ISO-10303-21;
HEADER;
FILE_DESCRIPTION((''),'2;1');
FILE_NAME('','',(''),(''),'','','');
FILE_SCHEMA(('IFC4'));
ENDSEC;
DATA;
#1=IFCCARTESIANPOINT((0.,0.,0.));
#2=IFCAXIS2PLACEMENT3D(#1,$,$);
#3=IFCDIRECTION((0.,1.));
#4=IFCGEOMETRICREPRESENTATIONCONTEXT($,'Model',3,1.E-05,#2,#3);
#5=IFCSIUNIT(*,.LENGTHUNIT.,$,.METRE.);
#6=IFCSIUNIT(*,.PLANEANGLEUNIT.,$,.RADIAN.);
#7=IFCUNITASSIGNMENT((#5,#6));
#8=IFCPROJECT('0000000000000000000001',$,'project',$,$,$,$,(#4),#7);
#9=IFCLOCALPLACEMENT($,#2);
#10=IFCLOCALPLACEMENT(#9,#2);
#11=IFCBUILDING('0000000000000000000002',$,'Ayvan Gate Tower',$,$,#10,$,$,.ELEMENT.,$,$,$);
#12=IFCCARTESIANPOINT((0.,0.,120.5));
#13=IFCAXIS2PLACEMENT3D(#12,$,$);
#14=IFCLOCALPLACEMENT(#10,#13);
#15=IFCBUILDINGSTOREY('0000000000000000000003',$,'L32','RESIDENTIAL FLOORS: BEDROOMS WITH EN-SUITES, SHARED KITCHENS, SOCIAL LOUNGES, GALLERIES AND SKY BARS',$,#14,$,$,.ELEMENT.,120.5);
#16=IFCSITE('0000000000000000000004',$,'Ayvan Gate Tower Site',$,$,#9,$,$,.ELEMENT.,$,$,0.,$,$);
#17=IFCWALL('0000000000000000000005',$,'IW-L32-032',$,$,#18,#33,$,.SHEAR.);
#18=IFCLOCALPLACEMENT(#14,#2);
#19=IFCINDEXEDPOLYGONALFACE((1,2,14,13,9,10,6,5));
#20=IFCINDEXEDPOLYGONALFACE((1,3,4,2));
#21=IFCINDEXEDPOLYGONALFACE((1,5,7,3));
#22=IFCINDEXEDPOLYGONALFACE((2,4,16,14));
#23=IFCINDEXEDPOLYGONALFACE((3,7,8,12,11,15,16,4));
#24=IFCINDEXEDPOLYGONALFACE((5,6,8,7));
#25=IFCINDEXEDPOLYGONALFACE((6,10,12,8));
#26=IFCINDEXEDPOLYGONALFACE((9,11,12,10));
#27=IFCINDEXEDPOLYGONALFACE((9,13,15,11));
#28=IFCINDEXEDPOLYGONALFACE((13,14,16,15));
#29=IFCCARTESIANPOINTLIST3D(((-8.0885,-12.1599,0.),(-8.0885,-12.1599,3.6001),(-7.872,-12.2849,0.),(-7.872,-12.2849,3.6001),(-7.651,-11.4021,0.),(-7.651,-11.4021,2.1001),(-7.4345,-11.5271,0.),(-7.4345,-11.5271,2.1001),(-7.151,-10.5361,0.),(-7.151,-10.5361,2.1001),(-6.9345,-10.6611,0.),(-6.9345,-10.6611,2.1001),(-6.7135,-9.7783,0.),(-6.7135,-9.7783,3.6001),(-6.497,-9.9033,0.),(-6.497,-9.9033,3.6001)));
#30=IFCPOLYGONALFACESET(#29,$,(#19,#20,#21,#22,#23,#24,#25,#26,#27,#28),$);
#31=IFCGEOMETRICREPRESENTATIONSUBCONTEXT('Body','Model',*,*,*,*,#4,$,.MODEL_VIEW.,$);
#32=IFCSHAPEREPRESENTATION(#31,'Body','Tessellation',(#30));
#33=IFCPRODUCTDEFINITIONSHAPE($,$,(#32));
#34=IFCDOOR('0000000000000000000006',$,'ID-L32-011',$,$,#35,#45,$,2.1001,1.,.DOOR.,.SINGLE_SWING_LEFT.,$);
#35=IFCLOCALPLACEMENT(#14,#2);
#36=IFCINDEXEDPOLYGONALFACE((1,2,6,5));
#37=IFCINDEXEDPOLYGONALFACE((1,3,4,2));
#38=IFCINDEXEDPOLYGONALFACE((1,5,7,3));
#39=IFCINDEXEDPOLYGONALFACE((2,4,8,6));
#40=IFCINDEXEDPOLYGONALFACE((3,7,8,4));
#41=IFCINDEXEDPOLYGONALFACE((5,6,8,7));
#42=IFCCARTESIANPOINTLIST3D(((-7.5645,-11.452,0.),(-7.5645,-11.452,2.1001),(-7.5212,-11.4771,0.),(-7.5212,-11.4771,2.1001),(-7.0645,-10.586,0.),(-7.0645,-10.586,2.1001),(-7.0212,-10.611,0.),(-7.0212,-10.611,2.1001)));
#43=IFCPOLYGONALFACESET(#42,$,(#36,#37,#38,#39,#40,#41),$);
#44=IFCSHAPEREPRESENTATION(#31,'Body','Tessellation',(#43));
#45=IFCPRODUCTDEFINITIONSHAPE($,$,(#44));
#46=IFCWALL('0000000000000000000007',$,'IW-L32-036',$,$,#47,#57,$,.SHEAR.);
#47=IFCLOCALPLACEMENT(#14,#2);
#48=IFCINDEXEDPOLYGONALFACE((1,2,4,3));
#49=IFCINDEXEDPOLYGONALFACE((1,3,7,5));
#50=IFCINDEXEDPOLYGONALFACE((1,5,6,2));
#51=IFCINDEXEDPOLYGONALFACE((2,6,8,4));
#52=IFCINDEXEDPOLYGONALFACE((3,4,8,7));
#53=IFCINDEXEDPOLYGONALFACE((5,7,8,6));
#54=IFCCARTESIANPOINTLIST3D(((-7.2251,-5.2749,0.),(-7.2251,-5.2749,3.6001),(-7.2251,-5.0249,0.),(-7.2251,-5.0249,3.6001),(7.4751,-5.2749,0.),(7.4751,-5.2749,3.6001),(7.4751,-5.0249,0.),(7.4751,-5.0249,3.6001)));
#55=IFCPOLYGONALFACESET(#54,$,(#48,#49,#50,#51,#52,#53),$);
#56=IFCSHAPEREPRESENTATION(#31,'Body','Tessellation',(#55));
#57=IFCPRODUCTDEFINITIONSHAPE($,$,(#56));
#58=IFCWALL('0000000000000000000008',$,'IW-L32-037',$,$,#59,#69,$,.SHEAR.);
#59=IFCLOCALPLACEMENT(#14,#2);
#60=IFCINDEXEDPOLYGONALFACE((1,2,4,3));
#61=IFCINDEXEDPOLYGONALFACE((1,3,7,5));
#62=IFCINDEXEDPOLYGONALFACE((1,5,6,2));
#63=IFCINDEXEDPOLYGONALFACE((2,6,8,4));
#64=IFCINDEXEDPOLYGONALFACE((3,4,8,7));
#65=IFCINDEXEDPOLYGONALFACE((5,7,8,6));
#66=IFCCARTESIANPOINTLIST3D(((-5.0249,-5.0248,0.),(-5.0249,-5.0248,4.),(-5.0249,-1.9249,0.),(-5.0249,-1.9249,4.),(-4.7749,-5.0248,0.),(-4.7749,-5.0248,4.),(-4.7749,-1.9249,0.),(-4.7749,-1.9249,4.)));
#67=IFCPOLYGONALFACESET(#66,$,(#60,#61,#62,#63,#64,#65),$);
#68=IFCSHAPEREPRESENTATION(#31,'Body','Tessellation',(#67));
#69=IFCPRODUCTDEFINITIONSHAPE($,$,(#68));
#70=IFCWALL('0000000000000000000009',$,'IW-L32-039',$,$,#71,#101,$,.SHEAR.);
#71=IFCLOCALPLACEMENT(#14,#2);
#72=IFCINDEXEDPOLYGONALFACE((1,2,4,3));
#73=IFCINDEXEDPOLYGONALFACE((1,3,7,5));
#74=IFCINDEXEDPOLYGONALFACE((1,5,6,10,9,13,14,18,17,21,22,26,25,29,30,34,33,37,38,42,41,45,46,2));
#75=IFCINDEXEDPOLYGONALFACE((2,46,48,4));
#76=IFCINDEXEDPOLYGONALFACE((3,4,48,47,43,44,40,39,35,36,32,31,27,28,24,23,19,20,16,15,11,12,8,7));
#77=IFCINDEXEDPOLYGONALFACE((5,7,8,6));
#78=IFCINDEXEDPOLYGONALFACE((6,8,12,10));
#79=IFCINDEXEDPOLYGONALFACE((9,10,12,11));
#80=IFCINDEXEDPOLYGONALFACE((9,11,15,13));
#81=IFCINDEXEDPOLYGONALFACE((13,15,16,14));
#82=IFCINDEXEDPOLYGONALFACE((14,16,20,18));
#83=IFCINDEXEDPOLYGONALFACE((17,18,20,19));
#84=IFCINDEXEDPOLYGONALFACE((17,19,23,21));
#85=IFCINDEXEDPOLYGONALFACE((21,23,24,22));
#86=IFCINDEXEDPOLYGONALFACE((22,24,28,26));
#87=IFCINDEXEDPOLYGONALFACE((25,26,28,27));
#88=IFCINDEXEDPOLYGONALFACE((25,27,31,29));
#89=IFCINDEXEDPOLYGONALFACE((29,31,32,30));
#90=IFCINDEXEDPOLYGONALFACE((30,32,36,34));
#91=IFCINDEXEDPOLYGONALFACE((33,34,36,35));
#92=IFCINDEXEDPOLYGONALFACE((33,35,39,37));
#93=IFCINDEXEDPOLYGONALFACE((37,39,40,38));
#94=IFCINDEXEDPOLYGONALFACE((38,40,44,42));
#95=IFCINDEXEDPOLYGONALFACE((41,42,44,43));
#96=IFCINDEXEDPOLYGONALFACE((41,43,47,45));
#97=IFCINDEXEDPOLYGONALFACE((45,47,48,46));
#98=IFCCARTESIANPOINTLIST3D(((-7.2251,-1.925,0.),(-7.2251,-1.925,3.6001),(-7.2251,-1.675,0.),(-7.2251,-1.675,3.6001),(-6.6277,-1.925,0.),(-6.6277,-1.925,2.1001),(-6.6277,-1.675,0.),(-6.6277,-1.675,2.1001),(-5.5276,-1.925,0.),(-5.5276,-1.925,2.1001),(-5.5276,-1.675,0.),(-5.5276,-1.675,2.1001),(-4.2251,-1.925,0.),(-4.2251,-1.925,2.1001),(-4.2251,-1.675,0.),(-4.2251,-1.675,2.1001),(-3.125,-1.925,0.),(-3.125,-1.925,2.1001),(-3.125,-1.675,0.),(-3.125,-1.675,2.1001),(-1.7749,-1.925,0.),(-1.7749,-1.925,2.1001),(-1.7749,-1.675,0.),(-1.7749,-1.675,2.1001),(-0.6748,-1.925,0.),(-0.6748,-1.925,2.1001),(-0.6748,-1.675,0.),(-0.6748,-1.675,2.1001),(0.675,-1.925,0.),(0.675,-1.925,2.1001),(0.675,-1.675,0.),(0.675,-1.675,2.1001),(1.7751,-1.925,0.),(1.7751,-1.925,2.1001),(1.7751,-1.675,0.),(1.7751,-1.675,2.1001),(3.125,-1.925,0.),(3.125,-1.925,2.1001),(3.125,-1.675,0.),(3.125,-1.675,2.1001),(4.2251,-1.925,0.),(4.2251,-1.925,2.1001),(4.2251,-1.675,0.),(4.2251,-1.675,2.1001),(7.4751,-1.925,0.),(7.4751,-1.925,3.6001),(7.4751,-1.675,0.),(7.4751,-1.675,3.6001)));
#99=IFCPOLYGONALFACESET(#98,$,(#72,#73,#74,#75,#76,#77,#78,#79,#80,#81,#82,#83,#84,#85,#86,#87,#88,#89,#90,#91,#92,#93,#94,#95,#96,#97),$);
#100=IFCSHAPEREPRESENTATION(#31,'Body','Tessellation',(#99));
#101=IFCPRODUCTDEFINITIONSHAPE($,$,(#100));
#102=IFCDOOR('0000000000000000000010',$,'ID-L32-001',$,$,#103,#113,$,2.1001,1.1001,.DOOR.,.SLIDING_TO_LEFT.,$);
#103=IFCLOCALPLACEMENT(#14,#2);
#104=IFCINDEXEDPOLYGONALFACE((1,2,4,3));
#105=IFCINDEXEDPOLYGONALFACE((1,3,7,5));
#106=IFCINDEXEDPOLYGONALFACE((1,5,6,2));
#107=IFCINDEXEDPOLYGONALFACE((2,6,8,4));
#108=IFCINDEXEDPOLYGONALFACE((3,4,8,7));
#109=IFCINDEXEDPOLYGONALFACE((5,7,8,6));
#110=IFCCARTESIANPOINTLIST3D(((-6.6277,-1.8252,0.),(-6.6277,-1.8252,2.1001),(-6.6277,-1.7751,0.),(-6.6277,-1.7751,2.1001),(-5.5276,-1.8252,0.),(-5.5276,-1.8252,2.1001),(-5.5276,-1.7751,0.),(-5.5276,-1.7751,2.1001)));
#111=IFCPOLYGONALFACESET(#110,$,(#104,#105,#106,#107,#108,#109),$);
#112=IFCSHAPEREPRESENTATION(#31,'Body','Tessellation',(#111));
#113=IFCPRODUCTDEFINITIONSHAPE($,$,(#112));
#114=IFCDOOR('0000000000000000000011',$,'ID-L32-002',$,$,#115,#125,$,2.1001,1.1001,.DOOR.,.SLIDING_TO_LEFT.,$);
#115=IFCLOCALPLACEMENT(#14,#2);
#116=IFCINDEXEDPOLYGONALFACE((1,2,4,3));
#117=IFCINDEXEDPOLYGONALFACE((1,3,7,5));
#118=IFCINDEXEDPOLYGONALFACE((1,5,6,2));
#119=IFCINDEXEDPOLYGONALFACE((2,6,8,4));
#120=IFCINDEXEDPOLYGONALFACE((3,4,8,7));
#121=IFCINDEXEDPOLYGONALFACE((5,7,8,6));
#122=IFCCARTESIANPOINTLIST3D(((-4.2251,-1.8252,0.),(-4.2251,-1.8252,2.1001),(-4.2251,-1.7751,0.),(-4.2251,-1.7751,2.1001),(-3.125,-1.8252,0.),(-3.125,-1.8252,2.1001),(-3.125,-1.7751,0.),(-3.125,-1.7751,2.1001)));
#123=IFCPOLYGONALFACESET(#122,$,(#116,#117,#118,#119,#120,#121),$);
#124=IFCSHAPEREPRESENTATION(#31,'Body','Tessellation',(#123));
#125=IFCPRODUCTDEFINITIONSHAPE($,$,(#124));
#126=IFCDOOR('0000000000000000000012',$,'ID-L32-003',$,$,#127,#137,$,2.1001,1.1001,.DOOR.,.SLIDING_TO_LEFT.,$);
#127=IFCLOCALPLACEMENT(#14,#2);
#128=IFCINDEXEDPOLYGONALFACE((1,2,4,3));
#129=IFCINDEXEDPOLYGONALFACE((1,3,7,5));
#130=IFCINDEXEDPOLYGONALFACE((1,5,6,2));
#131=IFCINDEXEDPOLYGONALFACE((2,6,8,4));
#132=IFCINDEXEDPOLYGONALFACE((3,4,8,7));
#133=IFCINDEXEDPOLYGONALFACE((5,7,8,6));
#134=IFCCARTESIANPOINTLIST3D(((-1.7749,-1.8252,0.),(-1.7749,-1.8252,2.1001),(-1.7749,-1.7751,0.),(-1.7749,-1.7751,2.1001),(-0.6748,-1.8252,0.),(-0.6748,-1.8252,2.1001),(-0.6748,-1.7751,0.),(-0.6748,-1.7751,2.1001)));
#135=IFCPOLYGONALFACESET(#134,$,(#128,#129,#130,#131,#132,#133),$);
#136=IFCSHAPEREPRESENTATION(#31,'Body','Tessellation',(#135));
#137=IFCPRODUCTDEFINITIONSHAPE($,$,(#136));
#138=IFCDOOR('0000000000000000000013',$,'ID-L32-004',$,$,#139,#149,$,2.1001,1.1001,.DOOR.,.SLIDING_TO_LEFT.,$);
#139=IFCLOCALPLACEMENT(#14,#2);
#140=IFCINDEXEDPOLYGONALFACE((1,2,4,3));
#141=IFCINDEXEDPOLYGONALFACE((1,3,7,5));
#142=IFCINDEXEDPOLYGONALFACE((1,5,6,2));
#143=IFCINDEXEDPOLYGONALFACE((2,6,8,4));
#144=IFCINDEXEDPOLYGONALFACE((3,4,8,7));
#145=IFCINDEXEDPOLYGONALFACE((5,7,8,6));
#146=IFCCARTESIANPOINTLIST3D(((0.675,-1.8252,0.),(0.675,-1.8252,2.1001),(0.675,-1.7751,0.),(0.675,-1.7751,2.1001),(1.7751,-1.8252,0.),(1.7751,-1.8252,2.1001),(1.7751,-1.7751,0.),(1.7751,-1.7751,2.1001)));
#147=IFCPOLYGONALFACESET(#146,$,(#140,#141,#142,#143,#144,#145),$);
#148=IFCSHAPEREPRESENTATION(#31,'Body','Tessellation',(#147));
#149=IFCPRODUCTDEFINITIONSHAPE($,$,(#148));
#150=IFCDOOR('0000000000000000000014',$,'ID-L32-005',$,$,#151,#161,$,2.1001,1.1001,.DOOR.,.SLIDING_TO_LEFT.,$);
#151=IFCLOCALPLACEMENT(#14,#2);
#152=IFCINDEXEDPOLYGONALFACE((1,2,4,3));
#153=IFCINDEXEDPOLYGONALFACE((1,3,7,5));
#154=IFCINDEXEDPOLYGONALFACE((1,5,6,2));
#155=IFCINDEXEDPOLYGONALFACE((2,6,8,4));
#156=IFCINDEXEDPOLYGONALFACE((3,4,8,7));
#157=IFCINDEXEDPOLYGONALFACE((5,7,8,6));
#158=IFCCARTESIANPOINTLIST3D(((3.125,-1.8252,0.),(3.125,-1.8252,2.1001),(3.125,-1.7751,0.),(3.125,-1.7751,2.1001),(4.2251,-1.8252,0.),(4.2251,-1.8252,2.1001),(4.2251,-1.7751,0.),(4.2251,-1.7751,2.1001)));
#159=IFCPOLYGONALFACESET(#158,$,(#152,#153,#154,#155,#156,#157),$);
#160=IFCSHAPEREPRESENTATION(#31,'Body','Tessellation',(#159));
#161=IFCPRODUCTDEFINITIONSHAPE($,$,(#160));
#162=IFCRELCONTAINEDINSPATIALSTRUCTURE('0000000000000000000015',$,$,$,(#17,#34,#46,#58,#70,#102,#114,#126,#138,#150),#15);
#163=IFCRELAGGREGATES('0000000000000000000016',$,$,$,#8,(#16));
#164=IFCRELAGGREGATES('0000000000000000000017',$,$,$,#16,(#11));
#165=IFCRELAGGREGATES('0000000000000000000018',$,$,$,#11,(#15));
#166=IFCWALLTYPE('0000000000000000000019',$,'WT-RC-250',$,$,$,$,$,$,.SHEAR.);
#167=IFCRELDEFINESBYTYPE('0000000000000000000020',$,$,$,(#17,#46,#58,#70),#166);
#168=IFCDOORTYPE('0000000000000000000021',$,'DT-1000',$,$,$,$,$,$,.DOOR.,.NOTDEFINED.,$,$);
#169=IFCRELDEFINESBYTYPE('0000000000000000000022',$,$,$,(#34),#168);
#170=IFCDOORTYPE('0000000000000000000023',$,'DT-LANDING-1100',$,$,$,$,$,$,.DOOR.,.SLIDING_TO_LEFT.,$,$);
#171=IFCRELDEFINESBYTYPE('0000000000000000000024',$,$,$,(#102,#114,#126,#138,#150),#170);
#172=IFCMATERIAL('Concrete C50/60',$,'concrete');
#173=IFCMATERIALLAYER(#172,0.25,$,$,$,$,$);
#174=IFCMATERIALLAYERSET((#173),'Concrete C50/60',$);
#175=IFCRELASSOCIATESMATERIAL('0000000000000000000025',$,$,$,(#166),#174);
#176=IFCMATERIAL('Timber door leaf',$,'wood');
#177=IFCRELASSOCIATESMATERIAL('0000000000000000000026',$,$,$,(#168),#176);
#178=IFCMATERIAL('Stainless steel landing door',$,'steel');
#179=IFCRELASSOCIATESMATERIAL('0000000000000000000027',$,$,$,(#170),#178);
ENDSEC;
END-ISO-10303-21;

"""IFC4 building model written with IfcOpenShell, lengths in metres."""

from ifc_helpers import new_model, si_unit, direction, frame, frame_2d, origin, place, context, subcontext, project, spatial, rectangle, extrude, material, layer, layer_set, type_object, element, fill, save


model = new_model("IFC4")

# Units and contexts
model_context = context("Model", 3, precision=1e-05, world=origin(), true_north=direction((0.0, 1.0)))
body_context = subcontext(model_context, "Body", "Model", "MODEL_VIEW")
ifc_project = project(units=[si_unit("LENGTHUNIT", "METRE"), si_unit("PLANEANGLEUNIT", "RADIAN")], contexts=[model_context])

# Site, building, storey
site_placement = place(None, origin())
site = spatial("IfcSite", under=ifc_project, at=site_placement, Name="Ayvan Gate Tower Site", CompositionType="ELEMENT", RefElevation=0.0)
building_placement = place(site_placement, origin())
building = spatial("IfcBuilding", under=site, at=building_placement, Name="Ayvan Gate Tower", CompositionType="ELEMENT")
storey_placement = place(building_placement, frame((0.0, 0.0, 120.5)))
storey = spatial("IfcBuildingStorey", under=building, at=storey_placement, Name="L32", Description="RESIDENTIAL FLOORS: BEDROOMS WITH EN-SUITES, SHARED KITCHENS, SOCIAL LOUNGES, GALLERIES AND SKY BARS", CompositionType="ELEMENT", Elevation=120.5)

# Shared definitions
ifc_material_1 = material(Name="Timber door leaf", Category="wood")

# Shared definitions
ifc_material_2 = material(Name="Concrete C50/60", Category="concrete")
ifc_layer_1 = layer(ifc_material_2, 0.25)
ifc_layer_set_1 = layer_set([ifc_layer_1], Name="Concrete C50/60")
wall_type_1 = type_object("IfcWallType", Name="WT-RC-250", PredefinedType="SHEAR", material=ifc_layer_set_1)

# Wall, opening, door
wall_1_placement = place(storey_placement, frame((-6.6052, -9.8408, 0.0), z_axis=(0.0, 0.0, 1.0), x_axis=(-0.499997, -0.866027, 0.0)))
wall_1 = element("IfcWall", 1, at=wall_1_placement, inside=storey, type_object=wall_type_1, Name="IW-L32-032", PredefinedType="SHEAR", context=body_context, shape_type="SweptSolid", body=[
    extrude(rectangle(XDim=2.75, YDim=0.25, at=frame_2d((1.375, 0.0))), origin(), (0.0, 0.0, 1.0), 3.6001),
])
opening_1_placement = place(wall_1_placement, frame((0.875, 0.0, 0.0)))
opening_1 = element("IfcOpeningElement", 2, at=opening_1_placement, cuts=wall_1, PredefinedType="OPENING", context=body_context, shape_type="SweptSolid", body=[
    extrude(rectangle(XDim=1.0, YDim=2.1001, at=frame_2d((0.5, 1.05))), frame((0.0, 0.135, 0.0), z_axis=(0.0, -1.0, 0.0), x_axis=(1.0, 0.0, 0.0)), (0.0, 0.0, 1.0), 0.27),
])
door_type_1 = type_object("IfcDoorType", Name="DT-1000", OperationType="NOTDEFINED", PredefinedType="DOOR", material=ifc_material_1)
door_1_placement = place(opening_1_placement, origin())
door_1 = element("IfcDoor", 3, at=door_1_placement, inside=storey, type_object=door_type_1, Name="ID-L32-011", OperationType="SINGLE_SWING_LEFT", OverallHeight=2.1001, OverallWidth=1.0, PredefinedType="DOOR", context=body_context, shape_type="SweptSolid", body=[
    extrude(rectangle(XDim=1.0, YDim=2.1001, at=frame_2d((0.5, 1.05))), frame((0.0, 0.0249, 0.0), z_axis=(0.0, -1.0, 0.0), x_axis=(1.0, 0.0, 0.0)), (0.0, 0.0, 1.0), 0.05),
])
fill(opening_1, door_1)

# Walls
wall_2_placement = place(storey_placement, frame((-7.2251, -5.1499, 0.0), z_axis=(0.0, 0.0, 1.0), x_axis=(1.0, 0.0, 0.0)))
element("IfcWall", 4, at=wall_2_placement, inside=storey, type_object=wall_type_1, Name="IW-L32-036", PredefinedType="SHEAR", context=body_context, shape_type="SweptSolid", body=[
    extrude(rectangle(XDim=14.7002, YDim=0.25, at=frame_2d((7.3501, 0.0))), origin(), (0.0, 0.0, 1.0), 3.6001),
])
wall_3_placement = place(storey_placement, frame((-4.8999, -1.925, 0.0), z_axis=(0.0, 0.0, 1.0), x_axis=(0.0, -1.0, 0.0)))
element("IfcWall", 5, at=wall_3_placement, inside=storey, type_object=wall_type_1, Name="IW-L32-037", PredefinedType="SHEAR", context=body_context, shape_type="SweptSolid", body=[
    extrude(rectangle(XDim=3.0999, YDim=0.25, at=frame_2d((1.5498, 0.0))), origin(), (0.0, 0.0, 1.0), 4.0),
])

# Wall, openings, doors
wall_4_placement = place(storey_placement, frame((-7.2251, -1.8, 0.0), z_axis=(0.0, 0.0, 1.0), x_axis=(1.0, 0.0, 0.0)))
wall_4 = element("IfcWall", 6, at=wall_4_placement, inside=storey, type_object=wall_type_1, Name="IW-L32-039", PredefinedType="SHEAR", context=body_context, shape_type="SweptSolid", body=[
    extrude(rectangle(XDim=14.7002, YDim=0.25, at=frame_2d((7.3501, 0.0))), origin(), (0.0, 0.0, 1.0), 3.6001),
])
opening_2_placement = place(wall_4_placement, frame((0.5974, 0.0, 0.0)))
opening_2 = element("IfcOpeningElement", 7, at=opening_2_placement, cuts=wall_4, PredefinedType="OPENING", context=body_context, shape_type="SweptSolid", body=[
    extrude(rectangle(XDim=1.1001, YDim=2.1001, at=frame_2d((0.55, 1.05))), frame((0.0, 0.135, 0.0), z_axis=(0.0, -1.0, 0.0), x_axis=(1.0, 0.0, 0.0)), (0.0, 0.0, 1.0), 0.27),
])
opening_3_placement = place(wall_4_placement, frame((3.0, 0.0, 0.0)))
opening_3 = element("IfcOpeningElement", 8, at=opening_3_placement, cuts=wall_4, PredefinedType="OPENING", context=body_context, shape_type="SweptSolid", body=[
    extrude(rectangle(XDim=1.1001, YDim=2.1001, at=frame_2d((0.55, 1.05))), frame((0.0, 0.135, 0.0), z_axis=(0.0, -1.0, 0.0), x_axis=(1.0, 0.0, 0.0)), (0.0, 0.0, 1.0), 0.27),
])
opening_4_placement = place(wall_4_placement, frame((5.4502, 0.0, 0.0)))
opening_4 = element("IfcOpeningElement", 9, at=opening_4_placement, cuts=wall_4, PredefinedType="OPENING", context=body_context, shape_type="SweptSolid", body=[
    extrude(rectangle(XDim=1.1001, YDim=2.1001, at=frame_2d((0.55, 1.05))), frame((0.0, 0.135, 0.0), z_axis=(0.0, -1.0, 0.0), x_axis=(1.0, 0.0, 0.0)), (0.0, 0.0, 1.0), 0.27),
])
opening_5_placement = place(wall_4_placement, frame((7.9001, 0.0, 0.0)))
opening_5 = element("IfcOpeningElement", 10, at=opening_5_placement, cuts=wall_4, PredefinedType="OPENING", context=body_context, shape_type="SweptSolid", body=[
    extrude(rectangle(XDim=1.1001, YDim=2.1001, at=frame_2d((0.55, 1.05))), frame((0.0, 0.135, 0.0), z_axis=(0.0, -1.0, 0.0), x_axis=(1.0, 0.0, 0.0)), (0.0, 0.0, 1.0), 0.27),
])
opening_6_placement = place(wall_4_placement, frame((10.3501, 0.0, 0.0)))
opening_6 = element("IfcOpeningElement", 11, at=opening_6_placement, cuts=wall_4, PredefinedType="OPENING", context=body_context, shape_type="SweptSolid", body=[
    extrude(rectangle(XDim=1.1001, YDim=2.1001, at=frame_2d((0.55, 1.05))), frame((0.0, 0.135, 0.0), z_axis=(0.0, -1.0, 0.0), x_axis=(1.0, 0.0, 0.0)), (0.0, 0.0, 1.0), 0.27),
])
ifc_material_3 = material(Name="Stainless steel landing door", Category="steel")
door_type_2 = type_object("IfcDoorType", Name="DT-LANDING-1100", OperationType="SLIDING_TO_LEFT", PredefinedType="DOOR", material=ifc_material_3)
door_2_placement = place(opening_2_placement, origin())
door_2 = element("IfcDoor", 12, at=door_2_placement, inside=storey, type_object=door_type_2, Name="ID-L32-001", OperationType="SLIDING_TO_LEFT", OverallHeight=2.1001, OverallWidth=1.1001, PredefinedType="DOOR", context=body_context, shape_type="SweptSolid", body=[
    extrude(rectangle(XDim=1.1001, YDim=2.1001, at=frame_2d((0.55, 1.05))), frame((0.0, 0.0249, 0.0), z_axis=(0.0, -1.0, 0.0), x_axis=(1.0, 0.0, 0.0)), (0.0, 0.0, 1.0), 0.05),
])
fill(opening_2, door_2)
door_3_placement = place(opening_3_placement, origin())
door_3 = element("IfcDoor", 13, at=door_3_placement, inside=storey, type_object=door_type_2, Name="ID-L32-002", OperationType="SLIDING_TO_LEFT", OverallHeight=2.1001, OverallWidth=1.1001, PredefinedType="DOOR", context=body_context, shape_type="SweptSolid", body=[
    extrude(rectangle(XDim=1.1001, YDim=2.1001, at=frame_2d((0.55, 1.05))), frame((0.0, 0.0249, 0.0), z_axis=(0.0, -1.0, 0.0), x_axis=(1.0, 0.0, 0.0)), (0.0, 0.0, 1.0), 0.05),
])
fill(opening_3, door_3)
door_4_placement = place(opening_4_placement, origin())
door_4 = element("IfcDoor", 14, at=door_4_placement, inside=storey, type_object=door_type_2, Name="ID-L32-003", OperationType="SLIDING_TO_LEFT", OverallHeight=2.1001, OverallWidth=1.1001, PredefinedType="DOOR", context=body_context, shape_type="SweptSolid", body=[
    extrude(rectangle(XDim=1.1001, YDim=2.1001, at=frame_2d((0.55, 1.05))), frame((0.0, 0.0249, 0.0), z_axis=(0.0, -1.0, 0.0), x_axis=(1.0, 0.0, 0.0)), (0.0, 0.0, 1.0), 0.05),
])
fill(opening_4, door_4)
door_5_placement = place(opening_5_placement, origin())
door_5 = element("IfcDoor", 15, at=door_5_placement, inside=storey, type_object=door_type_2, Name="ID-L32-004", OperationType="SLIDING_TO_LEFT", OverallHeight=2.1001, OverallWidth=1.1001, PredefinedType="DOOR", context=body_context, shape_type="SweptSolid", body=[
    extrude(rectangle(XDim=1.1001, YDim=2.1001, at=frame_2d((0.55, 1.05))), frame((0.0, 0.0249, 0.0), z_axis=(0.0, -1.0, 0.0), x_axis=(1.0, 0.0, 0.0)), (0.0, 0.0, 1.0), 0.05),
])
fill(opening_5, door_5)
door_6_placement = place(opening_6_placement, origin())
door_6 = element("IfcDoor", 16, at=door_6_placement, inside=storey, type_object=door_type_2, Name="ID-L32-005", OperationType="SLIDING_TO_LEFT", OverallHeight=2.1001, OverallWidth=1.1001, PredefinedType="DOOR", context=body_context, shape_type="SweptSolid", body=[
    extrude(rectangle(XDim=1.1001, YDim=2.1001, at=frame_2d((0.55, 1.05))), frame((0.0, 0.0249, 0.0), z_axis=(0.0, -1.0, 0.0), x_axis=(1.0, 0.0, 0.0)), (0.0, 0.0, 1.0), 0.05),
])
fill(opening_6, door_6)

save(model, "model.ifc")
